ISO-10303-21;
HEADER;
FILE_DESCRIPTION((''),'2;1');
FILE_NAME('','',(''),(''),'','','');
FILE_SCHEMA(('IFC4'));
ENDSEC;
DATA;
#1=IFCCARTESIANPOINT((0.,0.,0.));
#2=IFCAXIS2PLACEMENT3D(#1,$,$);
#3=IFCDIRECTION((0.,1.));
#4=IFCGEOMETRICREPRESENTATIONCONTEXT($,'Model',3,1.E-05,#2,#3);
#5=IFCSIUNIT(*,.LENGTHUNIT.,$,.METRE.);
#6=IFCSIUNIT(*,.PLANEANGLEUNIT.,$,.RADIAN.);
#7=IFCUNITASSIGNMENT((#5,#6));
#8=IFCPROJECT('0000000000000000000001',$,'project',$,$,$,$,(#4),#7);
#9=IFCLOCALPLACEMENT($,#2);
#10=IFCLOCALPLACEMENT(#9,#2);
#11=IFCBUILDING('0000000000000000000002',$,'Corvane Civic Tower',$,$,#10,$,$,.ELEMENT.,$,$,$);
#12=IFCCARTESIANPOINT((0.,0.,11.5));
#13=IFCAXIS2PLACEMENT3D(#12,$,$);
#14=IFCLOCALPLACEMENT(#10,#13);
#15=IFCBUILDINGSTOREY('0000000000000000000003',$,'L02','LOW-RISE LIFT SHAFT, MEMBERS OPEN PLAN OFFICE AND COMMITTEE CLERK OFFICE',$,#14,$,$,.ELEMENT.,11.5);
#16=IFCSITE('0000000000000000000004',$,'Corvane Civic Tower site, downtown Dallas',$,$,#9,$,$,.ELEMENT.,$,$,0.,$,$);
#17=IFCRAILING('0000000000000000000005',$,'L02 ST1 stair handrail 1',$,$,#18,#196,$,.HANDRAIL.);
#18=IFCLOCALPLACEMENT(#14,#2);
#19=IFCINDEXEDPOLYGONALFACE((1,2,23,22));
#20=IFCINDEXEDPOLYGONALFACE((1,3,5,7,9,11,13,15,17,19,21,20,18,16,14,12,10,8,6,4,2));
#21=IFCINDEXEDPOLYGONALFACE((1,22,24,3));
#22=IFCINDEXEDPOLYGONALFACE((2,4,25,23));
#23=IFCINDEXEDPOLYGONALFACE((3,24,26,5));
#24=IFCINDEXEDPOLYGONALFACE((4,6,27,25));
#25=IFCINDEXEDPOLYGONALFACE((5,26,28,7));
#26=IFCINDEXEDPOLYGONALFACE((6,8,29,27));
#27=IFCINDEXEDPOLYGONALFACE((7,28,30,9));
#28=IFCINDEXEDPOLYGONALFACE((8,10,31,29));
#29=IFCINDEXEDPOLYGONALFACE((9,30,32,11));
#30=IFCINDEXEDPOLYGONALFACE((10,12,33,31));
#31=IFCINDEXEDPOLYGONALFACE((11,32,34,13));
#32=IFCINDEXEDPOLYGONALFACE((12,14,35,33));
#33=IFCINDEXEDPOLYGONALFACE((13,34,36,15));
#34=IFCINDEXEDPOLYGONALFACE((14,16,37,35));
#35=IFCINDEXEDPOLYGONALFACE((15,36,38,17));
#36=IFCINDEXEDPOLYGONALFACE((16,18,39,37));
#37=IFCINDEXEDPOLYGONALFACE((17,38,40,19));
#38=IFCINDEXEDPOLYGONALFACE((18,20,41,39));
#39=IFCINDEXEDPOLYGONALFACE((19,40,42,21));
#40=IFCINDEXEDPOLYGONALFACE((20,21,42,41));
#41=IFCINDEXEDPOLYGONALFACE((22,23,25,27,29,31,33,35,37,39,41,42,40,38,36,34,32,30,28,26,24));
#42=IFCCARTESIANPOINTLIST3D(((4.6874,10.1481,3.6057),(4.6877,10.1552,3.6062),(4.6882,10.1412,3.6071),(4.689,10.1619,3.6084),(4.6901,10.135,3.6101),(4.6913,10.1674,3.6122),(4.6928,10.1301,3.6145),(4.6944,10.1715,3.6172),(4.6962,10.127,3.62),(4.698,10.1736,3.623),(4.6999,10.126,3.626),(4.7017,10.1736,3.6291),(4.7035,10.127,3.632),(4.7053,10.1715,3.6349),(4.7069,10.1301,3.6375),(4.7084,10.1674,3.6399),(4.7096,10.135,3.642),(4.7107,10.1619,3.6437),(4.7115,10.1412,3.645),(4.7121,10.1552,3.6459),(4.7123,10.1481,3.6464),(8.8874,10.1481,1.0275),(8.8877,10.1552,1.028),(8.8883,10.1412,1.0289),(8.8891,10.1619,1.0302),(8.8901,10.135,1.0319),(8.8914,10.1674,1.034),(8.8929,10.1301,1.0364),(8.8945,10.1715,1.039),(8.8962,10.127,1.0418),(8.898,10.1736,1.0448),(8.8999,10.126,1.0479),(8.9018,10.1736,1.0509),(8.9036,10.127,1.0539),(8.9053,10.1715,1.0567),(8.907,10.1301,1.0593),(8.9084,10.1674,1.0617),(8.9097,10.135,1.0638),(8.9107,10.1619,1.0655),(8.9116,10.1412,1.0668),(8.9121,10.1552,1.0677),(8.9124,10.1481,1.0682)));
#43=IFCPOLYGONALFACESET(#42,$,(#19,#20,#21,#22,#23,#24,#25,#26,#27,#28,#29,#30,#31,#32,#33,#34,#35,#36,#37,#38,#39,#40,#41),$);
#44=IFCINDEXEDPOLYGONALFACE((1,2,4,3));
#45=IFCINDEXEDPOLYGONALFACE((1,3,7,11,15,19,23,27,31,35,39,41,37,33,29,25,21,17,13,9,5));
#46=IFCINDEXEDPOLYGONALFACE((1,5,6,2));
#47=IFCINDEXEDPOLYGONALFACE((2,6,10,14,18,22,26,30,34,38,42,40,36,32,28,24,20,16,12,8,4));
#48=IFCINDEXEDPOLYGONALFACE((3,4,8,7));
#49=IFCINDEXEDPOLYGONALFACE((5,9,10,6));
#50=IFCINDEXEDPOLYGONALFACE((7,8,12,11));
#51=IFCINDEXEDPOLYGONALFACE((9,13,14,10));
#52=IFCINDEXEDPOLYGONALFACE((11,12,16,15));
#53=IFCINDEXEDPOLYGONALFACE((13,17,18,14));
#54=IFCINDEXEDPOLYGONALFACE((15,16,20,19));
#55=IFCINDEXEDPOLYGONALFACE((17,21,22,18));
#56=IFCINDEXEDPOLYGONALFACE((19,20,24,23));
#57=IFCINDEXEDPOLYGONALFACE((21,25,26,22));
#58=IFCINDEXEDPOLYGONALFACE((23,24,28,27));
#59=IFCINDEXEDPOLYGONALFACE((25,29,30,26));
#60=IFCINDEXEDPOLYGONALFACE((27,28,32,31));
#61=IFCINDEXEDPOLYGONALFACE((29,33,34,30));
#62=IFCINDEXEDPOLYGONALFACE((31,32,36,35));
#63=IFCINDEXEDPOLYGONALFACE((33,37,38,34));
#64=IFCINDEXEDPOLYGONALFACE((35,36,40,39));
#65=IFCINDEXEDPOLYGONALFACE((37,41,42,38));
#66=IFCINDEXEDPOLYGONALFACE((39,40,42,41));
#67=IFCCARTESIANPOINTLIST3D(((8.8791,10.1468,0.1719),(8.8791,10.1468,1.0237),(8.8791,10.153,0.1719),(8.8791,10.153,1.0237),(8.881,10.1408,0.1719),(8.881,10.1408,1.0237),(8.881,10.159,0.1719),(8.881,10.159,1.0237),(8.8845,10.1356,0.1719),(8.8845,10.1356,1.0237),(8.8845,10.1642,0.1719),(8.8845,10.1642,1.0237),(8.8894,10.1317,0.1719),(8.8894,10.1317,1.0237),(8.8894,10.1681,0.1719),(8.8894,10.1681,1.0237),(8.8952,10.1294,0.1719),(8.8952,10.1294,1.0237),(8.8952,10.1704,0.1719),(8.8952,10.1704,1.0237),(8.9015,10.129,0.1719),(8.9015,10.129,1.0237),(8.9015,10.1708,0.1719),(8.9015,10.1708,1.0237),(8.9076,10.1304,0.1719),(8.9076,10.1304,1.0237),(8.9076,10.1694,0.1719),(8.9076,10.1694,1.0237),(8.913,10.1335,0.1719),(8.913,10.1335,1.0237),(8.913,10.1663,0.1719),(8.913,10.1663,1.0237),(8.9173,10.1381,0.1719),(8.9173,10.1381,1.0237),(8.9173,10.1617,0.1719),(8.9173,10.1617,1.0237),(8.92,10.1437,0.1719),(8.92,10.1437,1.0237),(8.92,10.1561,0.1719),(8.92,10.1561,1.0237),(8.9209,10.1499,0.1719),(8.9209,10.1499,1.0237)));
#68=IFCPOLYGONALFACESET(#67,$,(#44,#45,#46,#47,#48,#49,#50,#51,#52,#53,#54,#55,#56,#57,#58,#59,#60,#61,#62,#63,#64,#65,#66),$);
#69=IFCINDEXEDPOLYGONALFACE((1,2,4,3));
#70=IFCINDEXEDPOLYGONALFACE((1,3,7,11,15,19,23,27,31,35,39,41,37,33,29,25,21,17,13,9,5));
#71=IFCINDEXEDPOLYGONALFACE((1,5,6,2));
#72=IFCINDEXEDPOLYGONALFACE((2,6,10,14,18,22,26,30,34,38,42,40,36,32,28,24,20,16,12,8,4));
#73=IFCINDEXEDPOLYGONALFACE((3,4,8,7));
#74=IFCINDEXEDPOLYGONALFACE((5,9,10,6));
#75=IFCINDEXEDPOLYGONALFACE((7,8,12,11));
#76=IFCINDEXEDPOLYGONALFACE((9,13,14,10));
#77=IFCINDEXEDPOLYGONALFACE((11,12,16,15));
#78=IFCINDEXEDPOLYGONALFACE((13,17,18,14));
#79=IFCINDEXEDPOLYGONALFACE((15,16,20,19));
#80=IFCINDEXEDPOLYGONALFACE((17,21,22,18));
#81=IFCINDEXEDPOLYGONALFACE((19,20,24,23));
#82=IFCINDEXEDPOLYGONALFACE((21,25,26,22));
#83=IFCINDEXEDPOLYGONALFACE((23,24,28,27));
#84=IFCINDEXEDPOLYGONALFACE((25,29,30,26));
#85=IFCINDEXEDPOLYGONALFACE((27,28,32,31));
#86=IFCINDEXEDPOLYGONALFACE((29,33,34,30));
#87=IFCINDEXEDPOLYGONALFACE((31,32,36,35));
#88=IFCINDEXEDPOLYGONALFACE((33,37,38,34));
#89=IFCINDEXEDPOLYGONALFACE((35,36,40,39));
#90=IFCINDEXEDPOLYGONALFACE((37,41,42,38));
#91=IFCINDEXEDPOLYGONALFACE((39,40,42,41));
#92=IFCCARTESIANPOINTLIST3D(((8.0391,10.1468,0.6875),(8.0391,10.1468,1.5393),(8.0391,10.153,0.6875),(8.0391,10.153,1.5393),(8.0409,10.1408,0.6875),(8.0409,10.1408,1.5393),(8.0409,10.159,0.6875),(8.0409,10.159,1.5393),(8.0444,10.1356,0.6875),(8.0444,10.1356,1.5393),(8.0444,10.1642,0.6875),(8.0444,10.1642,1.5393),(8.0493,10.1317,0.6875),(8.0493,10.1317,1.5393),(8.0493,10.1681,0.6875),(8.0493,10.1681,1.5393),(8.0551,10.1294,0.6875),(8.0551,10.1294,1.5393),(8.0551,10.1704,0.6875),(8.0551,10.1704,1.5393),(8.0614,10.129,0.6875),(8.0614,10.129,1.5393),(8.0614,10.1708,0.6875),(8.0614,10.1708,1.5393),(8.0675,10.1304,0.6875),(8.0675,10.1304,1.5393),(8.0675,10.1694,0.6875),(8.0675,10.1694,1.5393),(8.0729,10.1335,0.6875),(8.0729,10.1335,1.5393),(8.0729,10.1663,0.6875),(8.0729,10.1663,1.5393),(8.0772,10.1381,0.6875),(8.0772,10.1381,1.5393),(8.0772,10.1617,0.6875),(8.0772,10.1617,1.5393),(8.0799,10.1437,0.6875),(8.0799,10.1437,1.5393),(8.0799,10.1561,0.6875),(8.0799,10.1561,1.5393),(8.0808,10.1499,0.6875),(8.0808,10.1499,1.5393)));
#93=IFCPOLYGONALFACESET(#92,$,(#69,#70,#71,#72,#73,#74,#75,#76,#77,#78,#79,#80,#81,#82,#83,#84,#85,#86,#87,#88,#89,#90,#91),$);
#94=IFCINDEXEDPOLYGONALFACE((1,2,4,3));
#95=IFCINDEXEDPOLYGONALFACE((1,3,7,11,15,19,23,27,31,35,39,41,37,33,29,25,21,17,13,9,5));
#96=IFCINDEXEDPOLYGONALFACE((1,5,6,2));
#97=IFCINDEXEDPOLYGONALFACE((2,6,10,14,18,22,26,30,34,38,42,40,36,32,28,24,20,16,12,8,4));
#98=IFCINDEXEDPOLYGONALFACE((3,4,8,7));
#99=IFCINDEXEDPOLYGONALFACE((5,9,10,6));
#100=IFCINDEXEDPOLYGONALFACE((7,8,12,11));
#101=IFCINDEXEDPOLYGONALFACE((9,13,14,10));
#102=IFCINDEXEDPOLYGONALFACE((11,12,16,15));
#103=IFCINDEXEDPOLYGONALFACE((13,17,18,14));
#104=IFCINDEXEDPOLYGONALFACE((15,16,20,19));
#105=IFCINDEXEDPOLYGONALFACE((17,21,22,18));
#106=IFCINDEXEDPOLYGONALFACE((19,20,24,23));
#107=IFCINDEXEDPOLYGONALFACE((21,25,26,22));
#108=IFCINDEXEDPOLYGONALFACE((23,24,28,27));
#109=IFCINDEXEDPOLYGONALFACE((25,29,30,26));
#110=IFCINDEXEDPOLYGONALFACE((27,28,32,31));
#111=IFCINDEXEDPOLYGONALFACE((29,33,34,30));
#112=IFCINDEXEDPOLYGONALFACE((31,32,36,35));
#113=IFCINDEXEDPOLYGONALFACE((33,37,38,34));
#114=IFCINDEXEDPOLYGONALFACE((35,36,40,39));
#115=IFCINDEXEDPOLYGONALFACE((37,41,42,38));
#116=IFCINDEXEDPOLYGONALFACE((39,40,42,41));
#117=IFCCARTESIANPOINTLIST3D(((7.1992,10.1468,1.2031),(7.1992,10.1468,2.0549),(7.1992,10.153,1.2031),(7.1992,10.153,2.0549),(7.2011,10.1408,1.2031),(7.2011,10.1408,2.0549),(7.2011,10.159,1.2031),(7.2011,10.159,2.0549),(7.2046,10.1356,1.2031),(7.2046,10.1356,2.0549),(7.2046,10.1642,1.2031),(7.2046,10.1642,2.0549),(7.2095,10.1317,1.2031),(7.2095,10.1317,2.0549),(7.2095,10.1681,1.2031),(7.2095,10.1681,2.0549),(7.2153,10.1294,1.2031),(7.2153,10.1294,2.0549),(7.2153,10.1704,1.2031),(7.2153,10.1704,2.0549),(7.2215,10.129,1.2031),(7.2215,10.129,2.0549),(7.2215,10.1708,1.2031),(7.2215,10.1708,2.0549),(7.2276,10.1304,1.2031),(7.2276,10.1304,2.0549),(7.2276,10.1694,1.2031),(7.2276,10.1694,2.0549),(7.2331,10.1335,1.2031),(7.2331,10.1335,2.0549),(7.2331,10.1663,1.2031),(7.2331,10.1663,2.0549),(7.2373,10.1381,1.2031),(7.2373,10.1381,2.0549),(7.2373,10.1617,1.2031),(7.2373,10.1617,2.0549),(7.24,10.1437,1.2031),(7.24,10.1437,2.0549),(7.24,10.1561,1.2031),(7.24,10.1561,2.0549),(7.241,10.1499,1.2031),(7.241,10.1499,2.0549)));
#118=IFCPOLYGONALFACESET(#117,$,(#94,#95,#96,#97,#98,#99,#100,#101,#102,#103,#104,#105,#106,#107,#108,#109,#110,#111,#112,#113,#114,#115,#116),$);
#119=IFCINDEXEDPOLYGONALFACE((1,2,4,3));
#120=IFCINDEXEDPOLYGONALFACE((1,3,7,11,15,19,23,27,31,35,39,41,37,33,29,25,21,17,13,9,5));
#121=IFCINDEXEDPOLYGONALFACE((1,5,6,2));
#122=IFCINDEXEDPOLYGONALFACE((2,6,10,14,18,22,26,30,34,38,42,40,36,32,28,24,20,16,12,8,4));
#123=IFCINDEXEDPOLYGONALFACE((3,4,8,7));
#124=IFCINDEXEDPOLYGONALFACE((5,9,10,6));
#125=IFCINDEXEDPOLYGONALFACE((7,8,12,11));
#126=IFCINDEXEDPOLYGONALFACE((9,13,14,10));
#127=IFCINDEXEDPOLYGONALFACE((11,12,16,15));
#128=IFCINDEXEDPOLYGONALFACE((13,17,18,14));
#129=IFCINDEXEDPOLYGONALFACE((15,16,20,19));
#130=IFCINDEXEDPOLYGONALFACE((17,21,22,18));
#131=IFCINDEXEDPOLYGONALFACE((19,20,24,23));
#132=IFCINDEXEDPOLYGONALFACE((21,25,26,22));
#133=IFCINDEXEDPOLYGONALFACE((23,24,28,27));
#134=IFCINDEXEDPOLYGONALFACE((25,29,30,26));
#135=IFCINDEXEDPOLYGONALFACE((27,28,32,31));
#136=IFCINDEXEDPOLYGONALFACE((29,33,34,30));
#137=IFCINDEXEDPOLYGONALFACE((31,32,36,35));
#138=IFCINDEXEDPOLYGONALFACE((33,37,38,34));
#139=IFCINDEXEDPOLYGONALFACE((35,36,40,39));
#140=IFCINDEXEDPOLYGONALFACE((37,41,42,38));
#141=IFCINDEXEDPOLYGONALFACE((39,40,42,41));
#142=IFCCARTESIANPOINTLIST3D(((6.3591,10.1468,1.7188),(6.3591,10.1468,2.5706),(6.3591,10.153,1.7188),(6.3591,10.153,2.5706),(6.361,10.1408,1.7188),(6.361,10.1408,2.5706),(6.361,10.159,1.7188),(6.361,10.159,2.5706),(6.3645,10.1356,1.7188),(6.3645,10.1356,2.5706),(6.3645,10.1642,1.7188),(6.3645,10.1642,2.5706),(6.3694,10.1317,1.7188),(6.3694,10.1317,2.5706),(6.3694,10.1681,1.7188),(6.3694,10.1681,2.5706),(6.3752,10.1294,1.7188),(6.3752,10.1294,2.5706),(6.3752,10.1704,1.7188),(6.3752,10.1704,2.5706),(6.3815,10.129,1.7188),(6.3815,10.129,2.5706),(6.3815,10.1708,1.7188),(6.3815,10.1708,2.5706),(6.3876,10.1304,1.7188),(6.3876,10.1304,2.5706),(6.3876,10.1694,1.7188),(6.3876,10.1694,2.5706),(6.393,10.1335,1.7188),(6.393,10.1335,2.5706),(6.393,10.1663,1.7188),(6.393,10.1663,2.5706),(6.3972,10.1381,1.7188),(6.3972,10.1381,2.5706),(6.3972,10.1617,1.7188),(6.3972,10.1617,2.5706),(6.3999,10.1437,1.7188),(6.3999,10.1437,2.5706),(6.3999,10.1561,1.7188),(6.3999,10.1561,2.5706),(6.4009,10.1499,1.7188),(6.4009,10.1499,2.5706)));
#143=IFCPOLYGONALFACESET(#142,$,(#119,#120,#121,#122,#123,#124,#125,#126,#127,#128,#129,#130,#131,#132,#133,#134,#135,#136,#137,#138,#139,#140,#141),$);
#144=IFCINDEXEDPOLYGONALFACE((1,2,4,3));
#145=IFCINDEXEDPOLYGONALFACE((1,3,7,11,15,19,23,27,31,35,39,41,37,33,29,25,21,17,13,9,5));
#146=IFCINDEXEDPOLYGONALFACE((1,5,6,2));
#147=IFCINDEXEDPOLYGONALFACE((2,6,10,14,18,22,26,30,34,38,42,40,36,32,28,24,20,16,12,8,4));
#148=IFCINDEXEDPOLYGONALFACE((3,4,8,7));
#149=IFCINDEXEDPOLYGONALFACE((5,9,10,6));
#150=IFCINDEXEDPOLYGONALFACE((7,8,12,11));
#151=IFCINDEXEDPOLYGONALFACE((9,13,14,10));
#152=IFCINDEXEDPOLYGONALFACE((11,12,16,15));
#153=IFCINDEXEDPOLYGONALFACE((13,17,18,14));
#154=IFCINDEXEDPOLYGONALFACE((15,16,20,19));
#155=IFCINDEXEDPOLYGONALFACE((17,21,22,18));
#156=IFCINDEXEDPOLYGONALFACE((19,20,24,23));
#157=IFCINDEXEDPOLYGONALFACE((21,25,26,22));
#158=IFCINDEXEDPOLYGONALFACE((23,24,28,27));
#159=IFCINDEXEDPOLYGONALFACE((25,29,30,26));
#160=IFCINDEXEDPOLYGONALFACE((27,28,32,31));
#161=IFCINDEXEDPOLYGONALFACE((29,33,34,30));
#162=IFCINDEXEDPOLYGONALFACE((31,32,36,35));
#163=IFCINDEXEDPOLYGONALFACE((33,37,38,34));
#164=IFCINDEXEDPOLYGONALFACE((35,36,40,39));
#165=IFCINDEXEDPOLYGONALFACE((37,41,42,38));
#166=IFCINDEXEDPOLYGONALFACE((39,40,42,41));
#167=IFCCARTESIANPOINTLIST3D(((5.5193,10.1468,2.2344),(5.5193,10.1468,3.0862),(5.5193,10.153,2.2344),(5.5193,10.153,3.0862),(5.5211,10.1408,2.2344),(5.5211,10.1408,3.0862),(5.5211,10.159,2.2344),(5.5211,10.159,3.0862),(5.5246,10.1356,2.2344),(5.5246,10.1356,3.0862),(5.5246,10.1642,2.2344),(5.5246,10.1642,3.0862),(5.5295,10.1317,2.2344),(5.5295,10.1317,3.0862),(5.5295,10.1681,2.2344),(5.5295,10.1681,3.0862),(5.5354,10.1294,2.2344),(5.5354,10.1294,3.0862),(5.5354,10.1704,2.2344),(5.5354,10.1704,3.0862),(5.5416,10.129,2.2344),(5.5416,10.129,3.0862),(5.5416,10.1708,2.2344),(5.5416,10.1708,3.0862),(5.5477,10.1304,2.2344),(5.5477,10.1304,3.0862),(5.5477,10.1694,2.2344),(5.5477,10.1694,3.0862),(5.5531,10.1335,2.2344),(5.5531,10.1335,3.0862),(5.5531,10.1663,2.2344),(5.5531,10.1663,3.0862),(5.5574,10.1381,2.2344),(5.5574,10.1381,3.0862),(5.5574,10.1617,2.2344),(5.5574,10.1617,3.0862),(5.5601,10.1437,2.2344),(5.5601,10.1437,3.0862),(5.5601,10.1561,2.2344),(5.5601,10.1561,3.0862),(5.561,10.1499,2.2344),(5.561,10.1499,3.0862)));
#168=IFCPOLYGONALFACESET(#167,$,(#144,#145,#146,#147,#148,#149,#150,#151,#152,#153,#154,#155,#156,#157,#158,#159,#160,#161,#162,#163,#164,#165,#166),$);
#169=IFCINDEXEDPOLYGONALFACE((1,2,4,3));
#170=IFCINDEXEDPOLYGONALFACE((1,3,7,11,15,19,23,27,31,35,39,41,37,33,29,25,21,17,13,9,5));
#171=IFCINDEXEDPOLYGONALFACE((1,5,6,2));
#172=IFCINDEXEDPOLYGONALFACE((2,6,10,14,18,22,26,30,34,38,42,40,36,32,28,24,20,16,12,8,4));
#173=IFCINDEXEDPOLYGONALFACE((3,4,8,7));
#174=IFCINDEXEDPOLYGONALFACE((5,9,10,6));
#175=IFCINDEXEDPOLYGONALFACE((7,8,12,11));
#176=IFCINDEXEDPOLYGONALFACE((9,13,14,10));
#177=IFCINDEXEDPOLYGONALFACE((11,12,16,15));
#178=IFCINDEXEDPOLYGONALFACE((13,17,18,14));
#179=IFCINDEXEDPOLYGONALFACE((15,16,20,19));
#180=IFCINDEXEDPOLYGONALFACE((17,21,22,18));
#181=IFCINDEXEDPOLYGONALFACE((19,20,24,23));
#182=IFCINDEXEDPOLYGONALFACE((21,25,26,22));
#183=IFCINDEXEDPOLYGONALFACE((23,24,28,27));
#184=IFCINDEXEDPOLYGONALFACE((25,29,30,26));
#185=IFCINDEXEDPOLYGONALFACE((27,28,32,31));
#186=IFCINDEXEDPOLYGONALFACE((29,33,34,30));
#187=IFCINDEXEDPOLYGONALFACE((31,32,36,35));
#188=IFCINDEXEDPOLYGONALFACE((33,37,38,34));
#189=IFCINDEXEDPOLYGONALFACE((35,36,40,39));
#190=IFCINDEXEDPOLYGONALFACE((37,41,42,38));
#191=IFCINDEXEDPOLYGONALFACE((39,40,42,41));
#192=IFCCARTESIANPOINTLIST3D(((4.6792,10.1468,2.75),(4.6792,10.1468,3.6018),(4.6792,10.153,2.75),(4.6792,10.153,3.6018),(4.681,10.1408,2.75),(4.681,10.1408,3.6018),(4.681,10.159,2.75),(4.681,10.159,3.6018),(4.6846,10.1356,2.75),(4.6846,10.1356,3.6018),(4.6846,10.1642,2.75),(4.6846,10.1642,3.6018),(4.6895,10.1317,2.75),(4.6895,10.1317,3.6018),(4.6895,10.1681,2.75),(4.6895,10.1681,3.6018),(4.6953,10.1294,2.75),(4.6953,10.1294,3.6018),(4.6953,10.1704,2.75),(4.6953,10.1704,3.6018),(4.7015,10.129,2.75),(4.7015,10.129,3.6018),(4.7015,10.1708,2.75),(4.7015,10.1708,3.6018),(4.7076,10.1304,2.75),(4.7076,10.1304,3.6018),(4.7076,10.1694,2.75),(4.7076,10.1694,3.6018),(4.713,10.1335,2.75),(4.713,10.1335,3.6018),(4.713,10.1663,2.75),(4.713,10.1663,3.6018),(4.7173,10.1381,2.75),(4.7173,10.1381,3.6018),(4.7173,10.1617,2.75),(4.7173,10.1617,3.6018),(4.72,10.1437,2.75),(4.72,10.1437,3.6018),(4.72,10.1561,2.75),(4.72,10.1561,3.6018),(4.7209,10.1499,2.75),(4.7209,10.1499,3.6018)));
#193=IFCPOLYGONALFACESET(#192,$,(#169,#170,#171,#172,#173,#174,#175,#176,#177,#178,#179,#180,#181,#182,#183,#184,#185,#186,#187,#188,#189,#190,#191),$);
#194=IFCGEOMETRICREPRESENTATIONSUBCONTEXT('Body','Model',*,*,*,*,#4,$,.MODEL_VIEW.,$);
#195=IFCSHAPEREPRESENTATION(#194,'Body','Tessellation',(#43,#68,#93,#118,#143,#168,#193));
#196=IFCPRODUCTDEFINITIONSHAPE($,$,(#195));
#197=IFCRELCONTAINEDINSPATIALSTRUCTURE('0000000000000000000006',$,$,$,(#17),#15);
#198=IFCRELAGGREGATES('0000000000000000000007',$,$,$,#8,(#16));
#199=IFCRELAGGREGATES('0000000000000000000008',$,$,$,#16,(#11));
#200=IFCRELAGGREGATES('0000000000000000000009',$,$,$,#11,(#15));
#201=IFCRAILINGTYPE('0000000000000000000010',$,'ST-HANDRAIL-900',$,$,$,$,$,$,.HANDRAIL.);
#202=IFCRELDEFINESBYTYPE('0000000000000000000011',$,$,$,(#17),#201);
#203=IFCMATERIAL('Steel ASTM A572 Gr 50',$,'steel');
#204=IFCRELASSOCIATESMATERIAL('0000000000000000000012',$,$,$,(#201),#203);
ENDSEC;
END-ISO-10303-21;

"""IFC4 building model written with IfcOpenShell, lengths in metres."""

from ifc_helpers import new_model, si_unit, direction, frame, origin, origin_2d, place, context, subcontext, project, spatial, circle, extrude, material, type_object, element, save


model = new_model("IFC4")

# Units and contexts
model_context = context("Model", 3, precision=1e-05, world=origin(), true_north=direction((0.0, 1.0)))
body_context = subcontext(model_context, "Body", "Model", "MODEL_VIEW")
ifc_project = project(units=[si_unit("LENGTHUNIT", "METRE"), si_unit("PLANEANGLEUNIT", "RADIAN")], contexts=[model_context])

# Site, building, storey
site_placement = place(None, origin())
site = spatial("IfcSite", under=ifc_project, at=site_placement, Name="Corvane Civic Tower site, downtown Dallas", CompositionType="ELEMENT", RefElevation=0.0)
building_placement = place(site_placement, origin())
building = spatial("IfcBuilding", under=site, at=building_placement, Name="Corvane Civic Tower", CompositionType="ELEMENT")
storey_placement = place(building_placement, frame((0.0, 0.0, 11.5)))
storey = spatial("IfcBuildingStorey", under=building, at=storey_placement, Name="L02", Description="LOW-RISE LIFT SHAFT, MEMBERS OPEN PLAN OFFICE AND COMMITTEE CLERK OFFICE", CompositionType="ELEMENT", Elevation=11.5)

# Railing
ifc_material_1 = material(Name="Steel ASTM A572 Gr 50", Category="steel")
railing_type_1 = type_object("IfcRailingType", Name="ST-HANDRAIL-900", PredefinedType="HANDRAIL", material=ifc_material_1)
railing_1_placement = place(storey_placement, frame((8.8999, 10.1499, 0.1719)))
element("IfcRailing", 1, at=railing_1_placement, inside=storey, type_object=railing_type_1, Name="L02 ST1 stair handrail 1", PredefinedType="HANDRAIL", context=body_context, shape_type="SweptSolid", body=[
    extrude(circle(Radius=0.0239, at=origin_2d()), frame((0.0, 0.0, 0.876), z_axis=(-0.852243, 0.0, 0.523146), x_axis=(0.0, -1.0, 0.0)), (0.0, 0.0, 1.0), 4.9282),
    extrude(circle(Radius=0.021, at=origin_2d()), origin(), (0.0, 0.0, 1.0), 0.8518),
    extrude(circle(Radius=0.021, at=origin_2d()), frame((-0.8401, 0.0, 0.5156)), (0.0, 0.0, 1.0), 0.8518),
    extrude(circle(Radius=0.021, at=origin_2d()), frame((-1.6799, 0.0, 1.0312)), (0.0, 0.0, 1.0), 0.8518),
    extrude(circle(Radius=0.021, at=origin_2d()), frame((-2.52, 0.0, 1.5469)), (0.0, 0.0, 1.0), 0.8518),
    extrude(circle(Radius=0.021, at=origin_2d()), frame((-3.3599, 0.0, 2.0625)), (0.0, 0.0, 1.0), 0.8518),
    extrude(circle(Radius=0.021, at=origin_2d()), frame((-4.2, 0.0, 2.5781)), (0.0, 0.0, 1.0), 0.8518),
])

save(model, "model.ifc")
